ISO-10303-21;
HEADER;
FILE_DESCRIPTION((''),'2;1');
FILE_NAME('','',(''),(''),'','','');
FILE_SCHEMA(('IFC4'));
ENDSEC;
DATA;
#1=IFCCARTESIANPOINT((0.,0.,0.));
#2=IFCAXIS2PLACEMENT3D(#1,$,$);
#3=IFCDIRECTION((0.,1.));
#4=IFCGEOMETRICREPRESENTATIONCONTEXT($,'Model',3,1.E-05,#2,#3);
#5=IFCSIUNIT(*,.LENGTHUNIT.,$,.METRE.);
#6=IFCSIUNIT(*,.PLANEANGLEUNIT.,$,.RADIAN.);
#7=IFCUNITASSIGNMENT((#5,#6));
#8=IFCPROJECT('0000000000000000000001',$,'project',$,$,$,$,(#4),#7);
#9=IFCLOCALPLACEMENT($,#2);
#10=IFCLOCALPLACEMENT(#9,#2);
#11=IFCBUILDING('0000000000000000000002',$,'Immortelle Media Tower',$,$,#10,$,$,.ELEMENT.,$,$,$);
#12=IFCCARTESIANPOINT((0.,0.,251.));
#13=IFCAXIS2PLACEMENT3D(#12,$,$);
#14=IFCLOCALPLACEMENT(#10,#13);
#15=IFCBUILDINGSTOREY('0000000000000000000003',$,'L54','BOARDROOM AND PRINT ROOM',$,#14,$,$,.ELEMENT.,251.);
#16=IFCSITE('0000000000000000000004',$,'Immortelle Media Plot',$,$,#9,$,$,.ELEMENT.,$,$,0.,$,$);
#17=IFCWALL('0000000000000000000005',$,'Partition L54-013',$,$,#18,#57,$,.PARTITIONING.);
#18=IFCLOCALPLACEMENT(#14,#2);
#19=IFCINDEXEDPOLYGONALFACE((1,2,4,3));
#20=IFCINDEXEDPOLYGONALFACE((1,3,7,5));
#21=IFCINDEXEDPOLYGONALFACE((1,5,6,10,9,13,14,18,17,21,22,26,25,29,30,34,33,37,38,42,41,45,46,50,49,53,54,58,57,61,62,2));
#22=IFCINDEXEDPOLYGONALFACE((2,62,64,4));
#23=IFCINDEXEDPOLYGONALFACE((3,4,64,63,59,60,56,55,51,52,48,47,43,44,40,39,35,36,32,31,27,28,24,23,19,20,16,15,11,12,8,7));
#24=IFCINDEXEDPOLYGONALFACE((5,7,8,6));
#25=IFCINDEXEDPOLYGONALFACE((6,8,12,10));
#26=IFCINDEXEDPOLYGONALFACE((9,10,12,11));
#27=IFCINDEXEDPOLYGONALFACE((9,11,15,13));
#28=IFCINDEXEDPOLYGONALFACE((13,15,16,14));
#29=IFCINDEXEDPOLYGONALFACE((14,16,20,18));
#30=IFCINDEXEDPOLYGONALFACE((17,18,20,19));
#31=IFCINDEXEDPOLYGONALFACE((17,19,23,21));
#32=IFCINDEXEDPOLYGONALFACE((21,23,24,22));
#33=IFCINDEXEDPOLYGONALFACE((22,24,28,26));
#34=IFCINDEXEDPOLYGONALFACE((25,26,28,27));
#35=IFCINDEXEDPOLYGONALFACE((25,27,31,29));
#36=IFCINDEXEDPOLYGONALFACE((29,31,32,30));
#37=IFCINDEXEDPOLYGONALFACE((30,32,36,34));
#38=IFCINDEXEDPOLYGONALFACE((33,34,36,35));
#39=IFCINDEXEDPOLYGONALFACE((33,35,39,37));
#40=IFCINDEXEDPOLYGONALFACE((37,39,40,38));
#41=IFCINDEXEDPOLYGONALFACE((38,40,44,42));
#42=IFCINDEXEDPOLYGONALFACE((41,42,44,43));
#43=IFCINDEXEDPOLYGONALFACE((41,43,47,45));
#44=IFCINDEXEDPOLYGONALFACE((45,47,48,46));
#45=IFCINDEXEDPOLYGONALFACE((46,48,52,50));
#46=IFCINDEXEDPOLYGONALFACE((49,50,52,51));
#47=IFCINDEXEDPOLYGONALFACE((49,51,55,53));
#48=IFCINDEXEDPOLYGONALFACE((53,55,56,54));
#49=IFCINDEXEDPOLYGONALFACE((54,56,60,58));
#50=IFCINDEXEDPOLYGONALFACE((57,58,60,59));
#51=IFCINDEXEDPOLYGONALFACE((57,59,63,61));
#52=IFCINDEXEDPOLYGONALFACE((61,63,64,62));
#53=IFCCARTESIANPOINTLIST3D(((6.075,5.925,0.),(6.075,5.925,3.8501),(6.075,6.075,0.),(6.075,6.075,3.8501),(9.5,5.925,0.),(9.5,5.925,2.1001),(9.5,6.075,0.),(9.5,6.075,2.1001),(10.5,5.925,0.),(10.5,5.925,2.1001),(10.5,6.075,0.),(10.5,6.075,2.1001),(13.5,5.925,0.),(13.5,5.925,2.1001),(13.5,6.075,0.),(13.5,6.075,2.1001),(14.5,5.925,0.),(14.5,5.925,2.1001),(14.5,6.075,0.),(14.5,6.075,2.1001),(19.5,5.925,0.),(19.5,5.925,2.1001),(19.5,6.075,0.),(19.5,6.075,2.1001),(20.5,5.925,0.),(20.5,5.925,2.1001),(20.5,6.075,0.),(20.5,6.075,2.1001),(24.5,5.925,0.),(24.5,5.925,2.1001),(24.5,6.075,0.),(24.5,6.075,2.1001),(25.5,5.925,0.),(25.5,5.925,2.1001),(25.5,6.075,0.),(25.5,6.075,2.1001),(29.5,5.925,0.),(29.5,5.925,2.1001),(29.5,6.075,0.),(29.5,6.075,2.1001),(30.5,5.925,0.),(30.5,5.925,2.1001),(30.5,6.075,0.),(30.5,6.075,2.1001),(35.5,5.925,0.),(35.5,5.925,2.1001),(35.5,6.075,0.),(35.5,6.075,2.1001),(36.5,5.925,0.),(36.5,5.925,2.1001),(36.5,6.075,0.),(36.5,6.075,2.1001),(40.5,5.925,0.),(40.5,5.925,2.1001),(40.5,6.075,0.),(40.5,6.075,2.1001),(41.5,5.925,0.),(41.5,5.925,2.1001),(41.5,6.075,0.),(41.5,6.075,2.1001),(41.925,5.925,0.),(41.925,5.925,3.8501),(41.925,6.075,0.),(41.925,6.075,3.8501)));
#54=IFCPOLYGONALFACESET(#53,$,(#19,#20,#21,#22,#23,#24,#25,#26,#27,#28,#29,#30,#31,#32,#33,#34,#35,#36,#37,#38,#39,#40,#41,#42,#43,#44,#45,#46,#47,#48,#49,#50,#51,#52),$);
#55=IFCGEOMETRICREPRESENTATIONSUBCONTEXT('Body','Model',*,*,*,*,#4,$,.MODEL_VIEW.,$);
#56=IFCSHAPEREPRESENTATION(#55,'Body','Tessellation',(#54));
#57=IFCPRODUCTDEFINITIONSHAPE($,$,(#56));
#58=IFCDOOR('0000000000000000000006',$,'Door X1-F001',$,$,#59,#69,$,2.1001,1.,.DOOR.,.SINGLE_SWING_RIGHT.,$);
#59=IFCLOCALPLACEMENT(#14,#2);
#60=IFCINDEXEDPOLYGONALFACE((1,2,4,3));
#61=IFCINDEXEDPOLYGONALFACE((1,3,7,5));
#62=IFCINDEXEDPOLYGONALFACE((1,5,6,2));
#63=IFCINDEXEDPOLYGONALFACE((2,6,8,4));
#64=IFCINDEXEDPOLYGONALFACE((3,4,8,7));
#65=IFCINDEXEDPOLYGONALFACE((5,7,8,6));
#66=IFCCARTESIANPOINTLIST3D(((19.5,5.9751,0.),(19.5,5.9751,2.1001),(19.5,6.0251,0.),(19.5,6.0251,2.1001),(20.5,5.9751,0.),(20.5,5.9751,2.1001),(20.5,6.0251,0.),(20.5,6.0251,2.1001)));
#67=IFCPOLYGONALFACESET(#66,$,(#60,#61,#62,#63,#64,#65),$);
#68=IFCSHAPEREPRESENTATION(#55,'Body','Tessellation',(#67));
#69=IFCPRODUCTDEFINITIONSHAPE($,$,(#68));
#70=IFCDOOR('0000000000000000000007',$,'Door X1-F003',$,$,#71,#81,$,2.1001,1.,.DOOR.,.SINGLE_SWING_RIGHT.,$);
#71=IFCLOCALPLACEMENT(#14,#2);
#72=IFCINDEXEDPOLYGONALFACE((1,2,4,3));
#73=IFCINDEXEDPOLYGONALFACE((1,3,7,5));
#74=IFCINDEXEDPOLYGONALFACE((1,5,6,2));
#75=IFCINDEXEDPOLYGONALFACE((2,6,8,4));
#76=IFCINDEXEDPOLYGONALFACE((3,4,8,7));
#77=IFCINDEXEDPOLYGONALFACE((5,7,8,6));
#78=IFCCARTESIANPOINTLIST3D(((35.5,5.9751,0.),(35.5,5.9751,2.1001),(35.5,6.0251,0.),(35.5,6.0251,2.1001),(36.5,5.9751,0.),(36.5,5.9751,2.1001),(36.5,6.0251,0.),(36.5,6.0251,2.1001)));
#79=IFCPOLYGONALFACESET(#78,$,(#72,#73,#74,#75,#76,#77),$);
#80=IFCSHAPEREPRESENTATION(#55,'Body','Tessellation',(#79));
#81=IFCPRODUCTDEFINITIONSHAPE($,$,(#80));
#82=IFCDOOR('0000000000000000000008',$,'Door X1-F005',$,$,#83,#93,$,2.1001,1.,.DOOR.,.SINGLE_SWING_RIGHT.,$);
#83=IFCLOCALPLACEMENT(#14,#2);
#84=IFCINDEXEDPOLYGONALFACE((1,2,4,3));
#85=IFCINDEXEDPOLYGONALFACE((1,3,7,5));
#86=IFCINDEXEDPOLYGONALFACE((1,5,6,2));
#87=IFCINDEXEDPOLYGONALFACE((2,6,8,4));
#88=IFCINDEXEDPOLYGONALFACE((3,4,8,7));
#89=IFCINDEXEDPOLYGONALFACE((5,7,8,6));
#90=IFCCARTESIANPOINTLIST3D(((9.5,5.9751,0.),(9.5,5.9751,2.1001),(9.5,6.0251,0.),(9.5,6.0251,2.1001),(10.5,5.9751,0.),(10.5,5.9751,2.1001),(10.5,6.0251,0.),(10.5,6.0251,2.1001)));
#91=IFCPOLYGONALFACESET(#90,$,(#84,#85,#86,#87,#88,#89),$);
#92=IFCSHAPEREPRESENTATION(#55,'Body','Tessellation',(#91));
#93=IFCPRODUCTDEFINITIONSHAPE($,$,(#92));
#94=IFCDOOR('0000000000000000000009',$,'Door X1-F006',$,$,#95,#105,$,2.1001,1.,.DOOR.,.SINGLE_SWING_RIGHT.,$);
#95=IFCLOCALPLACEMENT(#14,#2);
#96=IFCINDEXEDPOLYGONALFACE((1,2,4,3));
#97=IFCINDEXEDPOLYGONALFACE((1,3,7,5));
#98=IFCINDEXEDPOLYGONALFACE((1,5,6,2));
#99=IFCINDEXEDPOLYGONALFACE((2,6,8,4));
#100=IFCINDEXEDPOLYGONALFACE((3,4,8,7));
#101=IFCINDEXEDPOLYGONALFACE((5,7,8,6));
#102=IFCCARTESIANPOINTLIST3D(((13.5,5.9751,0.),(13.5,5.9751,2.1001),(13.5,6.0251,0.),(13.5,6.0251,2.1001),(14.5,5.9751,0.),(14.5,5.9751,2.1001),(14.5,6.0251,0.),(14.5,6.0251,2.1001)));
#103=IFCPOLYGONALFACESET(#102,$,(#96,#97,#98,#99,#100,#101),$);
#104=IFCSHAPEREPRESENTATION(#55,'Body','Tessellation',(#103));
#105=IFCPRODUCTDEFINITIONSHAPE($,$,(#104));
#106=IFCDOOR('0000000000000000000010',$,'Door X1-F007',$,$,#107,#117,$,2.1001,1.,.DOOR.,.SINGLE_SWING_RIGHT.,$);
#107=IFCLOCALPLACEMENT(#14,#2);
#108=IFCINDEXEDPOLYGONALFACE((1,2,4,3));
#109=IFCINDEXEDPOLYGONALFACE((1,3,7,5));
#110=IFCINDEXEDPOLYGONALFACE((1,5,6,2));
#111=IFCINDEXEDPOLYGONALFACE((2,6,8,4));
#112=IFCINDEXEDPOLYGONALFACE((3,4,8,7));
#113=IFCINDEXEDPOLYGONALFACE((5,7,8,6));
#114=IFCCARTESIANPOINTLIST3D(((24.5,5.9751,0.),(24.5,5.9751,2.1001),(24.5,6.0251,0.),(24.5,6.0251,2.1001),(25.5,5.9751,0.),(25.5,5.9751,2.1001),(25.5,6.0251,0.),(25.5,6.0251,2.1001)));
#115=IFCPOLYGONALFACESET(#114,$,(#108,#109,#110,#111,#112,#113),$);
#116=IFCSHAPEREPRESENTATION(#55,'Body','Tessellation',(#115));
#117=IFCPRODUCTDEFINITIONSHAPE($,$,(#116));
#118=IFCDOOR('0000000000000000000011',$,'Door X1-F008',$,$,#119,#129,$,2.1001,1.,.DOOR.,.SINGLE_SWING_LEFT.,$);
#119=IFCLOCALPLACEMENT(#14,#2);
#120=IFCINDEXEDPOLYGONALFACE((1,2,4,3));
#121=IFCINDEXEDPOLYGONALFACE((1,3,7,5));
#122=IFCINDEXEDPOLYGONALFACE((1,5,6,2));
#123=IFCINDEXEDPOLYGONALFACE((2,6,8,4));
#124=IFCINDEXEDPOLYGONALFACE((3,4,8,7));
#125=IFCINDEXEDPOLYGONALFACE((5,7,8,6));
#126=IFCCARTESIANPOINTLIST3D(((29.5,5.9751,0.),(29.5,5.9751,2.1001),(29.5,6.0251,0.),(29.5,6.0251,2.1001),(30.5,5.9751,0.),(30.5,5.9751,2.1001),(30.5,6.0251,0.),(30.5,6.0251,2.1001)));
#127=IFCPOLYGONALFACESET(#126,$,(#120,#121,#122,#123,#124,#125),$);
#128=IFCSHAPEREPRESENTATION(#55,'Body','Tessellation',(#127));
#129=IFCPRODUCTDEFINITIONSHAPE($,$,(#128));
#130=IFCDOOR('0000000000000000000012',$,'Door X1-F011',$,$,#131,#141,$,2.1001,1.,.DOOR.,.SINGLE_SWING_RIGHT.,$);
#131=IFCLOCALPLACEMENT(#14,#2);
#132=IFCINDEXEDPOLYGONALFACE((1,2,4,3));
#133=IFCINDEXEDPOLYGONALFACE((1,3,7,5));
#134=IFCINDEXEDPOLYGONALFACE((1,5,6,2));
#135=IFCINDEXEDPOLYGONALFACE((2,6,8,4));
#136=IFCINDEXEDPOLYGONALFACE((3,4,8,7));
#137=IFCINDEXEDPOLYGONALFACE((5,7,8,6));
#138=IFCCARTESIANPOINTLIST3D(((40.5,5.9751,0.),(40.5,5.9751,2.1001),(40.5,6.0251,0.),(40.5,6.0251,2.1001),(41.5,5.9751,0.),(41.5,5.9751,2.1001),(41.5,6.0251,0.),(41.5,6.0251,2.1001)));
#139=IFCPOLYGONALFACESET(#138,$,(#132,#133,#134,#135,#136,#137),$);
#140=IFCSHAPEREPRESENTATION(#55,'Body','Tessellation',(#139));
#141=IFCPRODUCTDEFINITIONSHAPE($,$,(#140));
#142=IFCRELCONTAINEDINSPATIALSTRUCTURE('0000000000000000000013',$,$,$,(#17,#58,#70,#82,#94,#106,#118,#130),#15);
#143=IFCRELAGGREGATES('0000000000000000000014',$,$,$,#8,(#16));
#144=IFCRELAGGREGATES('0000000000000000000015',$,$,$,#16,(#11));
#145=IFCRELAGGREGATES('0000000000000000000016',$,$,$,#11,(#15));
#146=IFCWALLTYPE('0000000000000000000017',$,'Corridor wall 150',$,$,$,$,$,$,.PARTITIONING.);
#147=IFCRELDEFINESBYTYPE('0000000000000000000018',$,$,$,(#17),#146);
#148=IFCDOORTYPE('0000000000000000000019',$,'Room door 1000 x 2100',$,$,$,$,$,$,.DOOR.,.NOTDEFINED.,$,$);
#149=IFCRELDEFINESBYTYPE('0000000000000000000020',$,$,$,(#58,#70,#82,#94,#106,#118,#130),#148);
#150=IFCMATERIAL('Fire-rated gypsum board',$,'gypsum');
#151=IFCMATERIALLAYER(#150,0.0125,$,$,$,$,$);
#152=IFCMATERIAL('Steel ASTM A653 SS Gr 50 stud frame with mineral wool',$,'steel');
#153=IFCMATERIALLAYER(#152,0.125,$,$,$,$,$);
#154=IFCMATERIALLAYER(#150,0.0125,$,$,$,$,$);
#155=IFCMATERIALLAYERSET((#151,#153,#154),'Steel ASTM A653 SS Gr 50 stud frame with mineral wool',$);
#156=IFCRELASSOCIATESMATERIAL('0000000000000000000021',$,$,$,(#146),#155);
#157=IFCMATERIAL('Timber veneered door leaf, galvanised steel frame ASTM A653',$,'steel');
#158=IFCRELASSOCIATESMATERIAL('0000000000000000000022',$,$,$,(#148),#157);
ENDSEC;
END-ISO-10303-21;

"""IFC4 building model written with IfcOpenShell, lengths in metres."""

from ifc_helpers import new_model, si_unit, direction, frame, frame_2d, origin, place, context, subcontext, project, spatial, rectangle, extrude, material, layer, layer_set, type_object, element, fill, save


model = new_model("IFC4")

# Units and contexts
model_context = context("Model", 3, precision=1e-05, world=origin(), true_north=direction((0.0, 1.0)))
body_context = subcontext(model_context, "Body", "Model", "MODEL_VIEW")
ifc_project = project(units=[si_unit("LENGTHUNIT", "METRE"), si_unit("PLANEANGLEUNIT", "RADIAN")], contexts=[model_context])

# Site, building, storey
site_placement = place(None, origin())
site = spatial("IfcSite", under=ifc_project, at=site_placement, Name="Immortelle Media Plot", CompositionType="ELEMENT", RefElevation=0.0)
building_placement = place(site_placement, origin())
building = spatial("IfcBuilding", under=site, at=building_placement, Name="Immortelle Media Tower", CompositionType="ELEMENT")
storey_placement = place(building_placement, frame((0.0, 0.0, 251.0)))
storey = spatial("IfcBuildingStorey", under=building, at=storey_placement, Name="L54", Description="BOARDROOM AND PRINT ROOM", CompositionType="ELEMENT", Elevation=251.0)

# Wall, openings, doors
ifc_material_1 = material(Name="Fire-rated gypsum board", Category="gypsum")
ifc_layer_1 = layer(ifc_material_1, 0.0125)
ifc_material_2 = material(Name="Steel ASTM A653 SS Gr 50 stud frame with mineral wool", Category="steel")
ifc_layer_2 = layer(ifc_material_2, 0.125)
ifc_layer_3 = layer(ifc_material_1, 0.0125)
ifc_layer_set_1 = layer_set([ifc_layer_1, ifc_layer_2, ifc_layer_3], Name="Steel ASTM A653 SS Gr 50 stud frame with mineral wool")
wall_type_1 = type_object("IfcWallType", Name="Corridor wall 150", PredefinedType="PARTITIONING", material=ifc_layer_set_1)
wall_1_placement = place(storey_placement, frame((6.075, 6.0, 0.0), z_axis=(0.0, 0.0, 1.0), x_axis=(1.0, 0.0, 0.0)))
wall_1 = element("IfcWall", 1, at=wall_1_placement, inside=storey, type_object=wall_type_1, Name="Partition L54-013", PredefinedType="PARTITIONING", context=body_context, shape_type="SweptSolid", body=[
    extrude(rectangle(XDim=35.8501, YDim=0.1499, at=frame_2d((17.925, 0.0))), origin(), (0.0, 0.0, 1.0), 3.8501),
])
opening_1_placement = place(wall_1_placement, frame((14.425, 0.0, 0.0), z_axis=(0.0, 0.0, 1.0), x_axis=(-1.0, 0.0, 0.0)))
opening_1 = element("IfcOpeningElement", 2, at=opening_1_placement, cuts=wall_1, PredefinedType="OPENING", context=body_context, shape_type="SweptSolid", body=[
    extrude(rectangle(XDim=1.0, YDim=2.1001, at=frame_2d((0.5, 1.05))), frame((0.0, 0.085, 0.0), z_axis=(0.0, -1.0, 0.0), x_axis=(1.0, 0.0, 0.0)), (0.0, 0.0, 1.0), 0.1699),
])
opening_2_placement = place(wall_1_placement, frame((30.425, 0.0, 0.0), z_axis=(0.0, 0.0, 1.0), x_axis=(-1.0, 0.0, 0.0)))
opening_2 = element("IfcOpeningElement", 3, at=opening_2_placement, cuts=wall_1, PredefinedType="OPENING", context=body_context, shape_type="SweptSolid", body=[
    extrude(rectangle(XDim=1.0, YDim=2.1001, at=frame_2d((0.5, 1.05))), frame((0.0, 0.085, 0.0), z_axis=(0.0, -1.0, 0.0), x_axis=(1.0, 0.0, 0.0)), (0.0, 0.0, 1.0), 0.1699),
])
opening_3_placement = place(wall_1_placement, frame((4.425, 0.0, 0.0), z_axis=(0.0, 0.0, 1.0), x_axis=(-1.0, 0.0, 0.0)))
opening_3 = element("IfcOpeningElement", 4, at=opening_3_placement, cuts=wall_1, PredefinedType="OPENING", context=body_context, shape_type="SweptSolid", body=[
    extrude(rectangle(XDim=1.0, YDim=2.1001, at=frame_2d((0.5, 1.05))), frame((0.0, 0.085, 0.0), z_axis=(0.0, -1.0, 0.0), x_axis=(1.0, 0.0, 0.0)), (0.0, 0.0, 1.0), 0.1699),
])
opening_4_placement = place(wall_1_placement, frame((8.425, 0.0, 0.0), z_axis=(0.0, 0.0, 1.0), x_axis=(-1.0, 0.0, 0.0)))
opening_4 = element("IfcOpeningElement", 5, at=opening_4_placement, cuts=wall_1, PredefinedType="OPENING", context=body_context, shape_type="SweptSolid", body=[
    extrude(rectangle(XDim=1.0, YDim=2.1001, at=frame_2d((0.5, 1.05))), frame((0.0, 0.085, 0.0), z_axis=(0.0, -1.0, 0.0), x_axis=(1.0, 0.0, 0.0)), (0.0, 0.0, 1.0), 0.1699),
])
opening_5_placement = place(wall_1_placement, frame((19.425, 0.0, 0.0), z_axis=(0.0, 0.0, 1.0), x_axis=(-1.0, 0.0, 0.0)))
opening_5 = element("IfcOpeningElement", 6, at=opening_5_placement, cuts=wall_1, PredefinedType="OPENING", context=body_context, shape_type="SweptSolid", body=[
    extrude(rectangle(XDim=1.0, YDim=2.1001, at=frame_2d((0.5, 1.05))), frame((0.0, 0.085, 0.0), z_axis=(0.0, -1.0, 0.0), x_axis=(1.0, 0.0, 0.0)), (0.0, 0.0, 1.0), 0.1699),
])
opening_6_placement = place(wall_1_placement, frame((24.425, 0.0, 0.0), z_axis=(0.0, 0.0, 1.0), x_axis=(-1.0, 0.0, 0.0)))
opening_6 = element("IfcOpeningElement", 7, at=opening_6_placement, cuts=wall_1, PredefinedType="OPENING", context=body_context, shape_type="SweptSolid", body=[
    extrude(rectangle(XDim=1.0, YDim=2.1001, at=frame_2d((0.5, 1.05))), frame((0.0, 0.085, 0.0), z_axis=(0.0, -1.0, 0.0), x_axis=(1.0, 0.0, 0.0)), (0.0, 0.0, 1.0), 0.1699),
])
opening_7_placement = place(wall_1_placement, frame((35.425, 0.0, 0.0), z_axis=(0.0, 0.0, 1.0), x_axis=(-1.0, 0.0, 0.0)))
opening_7 = element("IfcOpeningElement", 8, at=opening_7_placement, cuts=wall_1, PredefinedType="OPENING", context=body_context, shape_type="SweptSolid", body=[
    extrude(rectangle(XDim=1.0, YDim=2.1001, at=frame_2d((0.5, 1.05))), frame((0.0, 0.085, 0.0), z_axis=(0.0, -1.0, 0.0), x_axis=(1.0, 0.0, 0.0)), (0.0, 0.0, 1.0), 0.1699),
])
ifc_material_3 = material(Name="Timber veneered door leaf, galvanised steel frame ASTM A653", Category="steel")
door_type = type_object("IfcDoorType", Name="Room door 1000 x 2100", OperationType="NOTDEFINED", PredefinedType="DOOR", material=ifc_material_3)
door_1_placement = place(opening_1_placement, origin())
door_1 = element("IfcDoor", 9, at=door_1_placement, inside=storey, type_object=door_type, Name="Door X1-F001", OperationType="SINGLE_SWING_RIGHT", OverallHeight=2.1001, OverallWidth=1.0, PredefinedType="DOOR", context=body_context, shape_type="SweptSolid", body=[
    extrude(rectangle(XDim=1.0, YDim=2.1001, at=frame_2d((0.5, 1.05))), frame((0.0, 0.0249, 0.0), z_axis=(0.0, -1.0, 0.0), x_axis=(1.0, 0.0, 0.0)), (0.0, 0.0, 1.0), 0.05),
])
fill(opening_1, door_1)
door_2_placement = place(opening_2_placement, origin())
door_2 = element("IfcDoor", 10, at=door_2_placement, inside=storey, type_object=door_type, Name="Door X1-F003", OperationType="SINGLE_SWING_RIGHT", OverallHeight=2.1001, OverallWidth=1.0, PredefinedType="DOOR", context=body_context, shape_type="SweptSolid", body=[
    extrude(rectangle(XDim=1.0, YDim=2.1001, at=frame_2d((0.5, 1.05))), frame((0.0, 0.0249, 0.0), z_axis=(0.0, -1.0, 0.0), x_axis=(1.0, 0.0, 0.0)), (0.0, 0.0, 1.0), 0.05),
])
fill(opening_2, door_2)
door_3_placement = place(opening_3_placement, origin())
door_3 = element("IfcDoor", 11, at=door_3_placement, inside=storey, type_object=door_type, Name="Door X1-F005", OperationType="SINGLE_SWING_RIGHT", OverallHeight=2.1001, OverallWidth=1.0, PredefinedType="DOOR", context=body_context, shape_type="SweptSolid", body=[
    extrude(rectangle(XDim=1.0, YDim=2.1001, at=frame_2d((0.5, 1.05))), frame((0.0, 0.0249, 0.0), z_axis=(0.0, -1.0, 0.0), x_axis=(1.0, 0.0, 0.0)), (0.0, 0.0, 1.0), 0.05),
])
fill(opening_3, door_3)
door_4_placement = place(opening_4_placement, origin())
door_4 = element("IfcDoor", 12, at=door_4_placement, inside=storey, type_object=door_type, Name="Door X1-F006", OperationType="SINGLE_SWING_RIGHT", OverallHeight=2.1001, OverallWidth=1.0, PredefinedType="DOOR", context=body_context, shape_type="SweptSolid", body=[
    extrude(rectangle(XDim=1.0, YDim=2.1001, at=frame_2d((0.5, 1.05))), frame((0.0, 0.0249, 0.0), z_axis=(0.0, -1.0, 0.0), x_axis=(1.0, 0.0, 0.0)), (0.0, 0.0, 1.0), 0.05),
])
fill(opening_4, door_4)
door_5_placement = place(opening_5_placement, origin())
door_5 = element("IfcDoor", 13, at=door_5_placement, inside=storey, type_object=door_type, Name="Door X1-F007", OperationType="SINGLE_SWING_RIGHT", OverallHeight=2.1001, OverallWidth=1.0, PredefinedType="DOOR", context=body_context, shape_type="SweptSolid", body=[
    extrude(rectangle(XDim=1.0, YDim=2.1001, at=frame_2d((0.5, 1.05))), frame((0.0, 0.0249, 0.0), z_axis=(0.0, -1.0, 0.0), x_axis=(1.0, 0.0, 0.0)), (0.0, 0.0, 1.0), 0.05),
])
fill(opening_5, door_5)
door_6_placement = place(opening_6_placement, origin())
door_6 = element("IfcDoor", 14, at=door_6_placement, inside=storey, type_object=door_type, Name="Door X1-F008", OperationType="SINGLE_SWING_LEFT", OverallHeight=2.1001, OverallWidth=1.0, PredefinedType="DOOR", context=body_context, shape_type="SweptSolid", body=[
    extrude(rectangle(XDim=1.0, YDim=2.1001, at=frame_2d((0.5, 1.05))), frame((0.0, 0.0249, 0.0), z_axis=(0.0, -1.0, 0.0), x_axis=(1.0, 0.0, 0.0)), (0.0, 0.0, 1.0), 0.05),
])
fill(opening_6, door_6)
door_7_placement = place(opening_7_placement, origin())
door_7 = element("IfcDoor", 15, at=door_7_placement, inside=storey, type_object=door_type, Name="Door X1-F011", OperationType="SINGLE_SWING_RIGHT", OverallHeight=2.1001, OverallWidth=1.0, PredefinedType="DOOR", context=body_context, shape_type="SweptSolid", body=[
    extrude(rectangle(XDim=1.0, YDim=2.1001, at=frame_2d((0.5, 1.05))), frame((0.0, 0.0249, 0.0), z_axis=(0.0, -1.0, 0.0), x_axis=(1.0, 0.0, 0.0)), (0.0, 0.0, 1.0), 0.05),
])
fill(opening_7, door_7)

save(model, "model.ifc")
